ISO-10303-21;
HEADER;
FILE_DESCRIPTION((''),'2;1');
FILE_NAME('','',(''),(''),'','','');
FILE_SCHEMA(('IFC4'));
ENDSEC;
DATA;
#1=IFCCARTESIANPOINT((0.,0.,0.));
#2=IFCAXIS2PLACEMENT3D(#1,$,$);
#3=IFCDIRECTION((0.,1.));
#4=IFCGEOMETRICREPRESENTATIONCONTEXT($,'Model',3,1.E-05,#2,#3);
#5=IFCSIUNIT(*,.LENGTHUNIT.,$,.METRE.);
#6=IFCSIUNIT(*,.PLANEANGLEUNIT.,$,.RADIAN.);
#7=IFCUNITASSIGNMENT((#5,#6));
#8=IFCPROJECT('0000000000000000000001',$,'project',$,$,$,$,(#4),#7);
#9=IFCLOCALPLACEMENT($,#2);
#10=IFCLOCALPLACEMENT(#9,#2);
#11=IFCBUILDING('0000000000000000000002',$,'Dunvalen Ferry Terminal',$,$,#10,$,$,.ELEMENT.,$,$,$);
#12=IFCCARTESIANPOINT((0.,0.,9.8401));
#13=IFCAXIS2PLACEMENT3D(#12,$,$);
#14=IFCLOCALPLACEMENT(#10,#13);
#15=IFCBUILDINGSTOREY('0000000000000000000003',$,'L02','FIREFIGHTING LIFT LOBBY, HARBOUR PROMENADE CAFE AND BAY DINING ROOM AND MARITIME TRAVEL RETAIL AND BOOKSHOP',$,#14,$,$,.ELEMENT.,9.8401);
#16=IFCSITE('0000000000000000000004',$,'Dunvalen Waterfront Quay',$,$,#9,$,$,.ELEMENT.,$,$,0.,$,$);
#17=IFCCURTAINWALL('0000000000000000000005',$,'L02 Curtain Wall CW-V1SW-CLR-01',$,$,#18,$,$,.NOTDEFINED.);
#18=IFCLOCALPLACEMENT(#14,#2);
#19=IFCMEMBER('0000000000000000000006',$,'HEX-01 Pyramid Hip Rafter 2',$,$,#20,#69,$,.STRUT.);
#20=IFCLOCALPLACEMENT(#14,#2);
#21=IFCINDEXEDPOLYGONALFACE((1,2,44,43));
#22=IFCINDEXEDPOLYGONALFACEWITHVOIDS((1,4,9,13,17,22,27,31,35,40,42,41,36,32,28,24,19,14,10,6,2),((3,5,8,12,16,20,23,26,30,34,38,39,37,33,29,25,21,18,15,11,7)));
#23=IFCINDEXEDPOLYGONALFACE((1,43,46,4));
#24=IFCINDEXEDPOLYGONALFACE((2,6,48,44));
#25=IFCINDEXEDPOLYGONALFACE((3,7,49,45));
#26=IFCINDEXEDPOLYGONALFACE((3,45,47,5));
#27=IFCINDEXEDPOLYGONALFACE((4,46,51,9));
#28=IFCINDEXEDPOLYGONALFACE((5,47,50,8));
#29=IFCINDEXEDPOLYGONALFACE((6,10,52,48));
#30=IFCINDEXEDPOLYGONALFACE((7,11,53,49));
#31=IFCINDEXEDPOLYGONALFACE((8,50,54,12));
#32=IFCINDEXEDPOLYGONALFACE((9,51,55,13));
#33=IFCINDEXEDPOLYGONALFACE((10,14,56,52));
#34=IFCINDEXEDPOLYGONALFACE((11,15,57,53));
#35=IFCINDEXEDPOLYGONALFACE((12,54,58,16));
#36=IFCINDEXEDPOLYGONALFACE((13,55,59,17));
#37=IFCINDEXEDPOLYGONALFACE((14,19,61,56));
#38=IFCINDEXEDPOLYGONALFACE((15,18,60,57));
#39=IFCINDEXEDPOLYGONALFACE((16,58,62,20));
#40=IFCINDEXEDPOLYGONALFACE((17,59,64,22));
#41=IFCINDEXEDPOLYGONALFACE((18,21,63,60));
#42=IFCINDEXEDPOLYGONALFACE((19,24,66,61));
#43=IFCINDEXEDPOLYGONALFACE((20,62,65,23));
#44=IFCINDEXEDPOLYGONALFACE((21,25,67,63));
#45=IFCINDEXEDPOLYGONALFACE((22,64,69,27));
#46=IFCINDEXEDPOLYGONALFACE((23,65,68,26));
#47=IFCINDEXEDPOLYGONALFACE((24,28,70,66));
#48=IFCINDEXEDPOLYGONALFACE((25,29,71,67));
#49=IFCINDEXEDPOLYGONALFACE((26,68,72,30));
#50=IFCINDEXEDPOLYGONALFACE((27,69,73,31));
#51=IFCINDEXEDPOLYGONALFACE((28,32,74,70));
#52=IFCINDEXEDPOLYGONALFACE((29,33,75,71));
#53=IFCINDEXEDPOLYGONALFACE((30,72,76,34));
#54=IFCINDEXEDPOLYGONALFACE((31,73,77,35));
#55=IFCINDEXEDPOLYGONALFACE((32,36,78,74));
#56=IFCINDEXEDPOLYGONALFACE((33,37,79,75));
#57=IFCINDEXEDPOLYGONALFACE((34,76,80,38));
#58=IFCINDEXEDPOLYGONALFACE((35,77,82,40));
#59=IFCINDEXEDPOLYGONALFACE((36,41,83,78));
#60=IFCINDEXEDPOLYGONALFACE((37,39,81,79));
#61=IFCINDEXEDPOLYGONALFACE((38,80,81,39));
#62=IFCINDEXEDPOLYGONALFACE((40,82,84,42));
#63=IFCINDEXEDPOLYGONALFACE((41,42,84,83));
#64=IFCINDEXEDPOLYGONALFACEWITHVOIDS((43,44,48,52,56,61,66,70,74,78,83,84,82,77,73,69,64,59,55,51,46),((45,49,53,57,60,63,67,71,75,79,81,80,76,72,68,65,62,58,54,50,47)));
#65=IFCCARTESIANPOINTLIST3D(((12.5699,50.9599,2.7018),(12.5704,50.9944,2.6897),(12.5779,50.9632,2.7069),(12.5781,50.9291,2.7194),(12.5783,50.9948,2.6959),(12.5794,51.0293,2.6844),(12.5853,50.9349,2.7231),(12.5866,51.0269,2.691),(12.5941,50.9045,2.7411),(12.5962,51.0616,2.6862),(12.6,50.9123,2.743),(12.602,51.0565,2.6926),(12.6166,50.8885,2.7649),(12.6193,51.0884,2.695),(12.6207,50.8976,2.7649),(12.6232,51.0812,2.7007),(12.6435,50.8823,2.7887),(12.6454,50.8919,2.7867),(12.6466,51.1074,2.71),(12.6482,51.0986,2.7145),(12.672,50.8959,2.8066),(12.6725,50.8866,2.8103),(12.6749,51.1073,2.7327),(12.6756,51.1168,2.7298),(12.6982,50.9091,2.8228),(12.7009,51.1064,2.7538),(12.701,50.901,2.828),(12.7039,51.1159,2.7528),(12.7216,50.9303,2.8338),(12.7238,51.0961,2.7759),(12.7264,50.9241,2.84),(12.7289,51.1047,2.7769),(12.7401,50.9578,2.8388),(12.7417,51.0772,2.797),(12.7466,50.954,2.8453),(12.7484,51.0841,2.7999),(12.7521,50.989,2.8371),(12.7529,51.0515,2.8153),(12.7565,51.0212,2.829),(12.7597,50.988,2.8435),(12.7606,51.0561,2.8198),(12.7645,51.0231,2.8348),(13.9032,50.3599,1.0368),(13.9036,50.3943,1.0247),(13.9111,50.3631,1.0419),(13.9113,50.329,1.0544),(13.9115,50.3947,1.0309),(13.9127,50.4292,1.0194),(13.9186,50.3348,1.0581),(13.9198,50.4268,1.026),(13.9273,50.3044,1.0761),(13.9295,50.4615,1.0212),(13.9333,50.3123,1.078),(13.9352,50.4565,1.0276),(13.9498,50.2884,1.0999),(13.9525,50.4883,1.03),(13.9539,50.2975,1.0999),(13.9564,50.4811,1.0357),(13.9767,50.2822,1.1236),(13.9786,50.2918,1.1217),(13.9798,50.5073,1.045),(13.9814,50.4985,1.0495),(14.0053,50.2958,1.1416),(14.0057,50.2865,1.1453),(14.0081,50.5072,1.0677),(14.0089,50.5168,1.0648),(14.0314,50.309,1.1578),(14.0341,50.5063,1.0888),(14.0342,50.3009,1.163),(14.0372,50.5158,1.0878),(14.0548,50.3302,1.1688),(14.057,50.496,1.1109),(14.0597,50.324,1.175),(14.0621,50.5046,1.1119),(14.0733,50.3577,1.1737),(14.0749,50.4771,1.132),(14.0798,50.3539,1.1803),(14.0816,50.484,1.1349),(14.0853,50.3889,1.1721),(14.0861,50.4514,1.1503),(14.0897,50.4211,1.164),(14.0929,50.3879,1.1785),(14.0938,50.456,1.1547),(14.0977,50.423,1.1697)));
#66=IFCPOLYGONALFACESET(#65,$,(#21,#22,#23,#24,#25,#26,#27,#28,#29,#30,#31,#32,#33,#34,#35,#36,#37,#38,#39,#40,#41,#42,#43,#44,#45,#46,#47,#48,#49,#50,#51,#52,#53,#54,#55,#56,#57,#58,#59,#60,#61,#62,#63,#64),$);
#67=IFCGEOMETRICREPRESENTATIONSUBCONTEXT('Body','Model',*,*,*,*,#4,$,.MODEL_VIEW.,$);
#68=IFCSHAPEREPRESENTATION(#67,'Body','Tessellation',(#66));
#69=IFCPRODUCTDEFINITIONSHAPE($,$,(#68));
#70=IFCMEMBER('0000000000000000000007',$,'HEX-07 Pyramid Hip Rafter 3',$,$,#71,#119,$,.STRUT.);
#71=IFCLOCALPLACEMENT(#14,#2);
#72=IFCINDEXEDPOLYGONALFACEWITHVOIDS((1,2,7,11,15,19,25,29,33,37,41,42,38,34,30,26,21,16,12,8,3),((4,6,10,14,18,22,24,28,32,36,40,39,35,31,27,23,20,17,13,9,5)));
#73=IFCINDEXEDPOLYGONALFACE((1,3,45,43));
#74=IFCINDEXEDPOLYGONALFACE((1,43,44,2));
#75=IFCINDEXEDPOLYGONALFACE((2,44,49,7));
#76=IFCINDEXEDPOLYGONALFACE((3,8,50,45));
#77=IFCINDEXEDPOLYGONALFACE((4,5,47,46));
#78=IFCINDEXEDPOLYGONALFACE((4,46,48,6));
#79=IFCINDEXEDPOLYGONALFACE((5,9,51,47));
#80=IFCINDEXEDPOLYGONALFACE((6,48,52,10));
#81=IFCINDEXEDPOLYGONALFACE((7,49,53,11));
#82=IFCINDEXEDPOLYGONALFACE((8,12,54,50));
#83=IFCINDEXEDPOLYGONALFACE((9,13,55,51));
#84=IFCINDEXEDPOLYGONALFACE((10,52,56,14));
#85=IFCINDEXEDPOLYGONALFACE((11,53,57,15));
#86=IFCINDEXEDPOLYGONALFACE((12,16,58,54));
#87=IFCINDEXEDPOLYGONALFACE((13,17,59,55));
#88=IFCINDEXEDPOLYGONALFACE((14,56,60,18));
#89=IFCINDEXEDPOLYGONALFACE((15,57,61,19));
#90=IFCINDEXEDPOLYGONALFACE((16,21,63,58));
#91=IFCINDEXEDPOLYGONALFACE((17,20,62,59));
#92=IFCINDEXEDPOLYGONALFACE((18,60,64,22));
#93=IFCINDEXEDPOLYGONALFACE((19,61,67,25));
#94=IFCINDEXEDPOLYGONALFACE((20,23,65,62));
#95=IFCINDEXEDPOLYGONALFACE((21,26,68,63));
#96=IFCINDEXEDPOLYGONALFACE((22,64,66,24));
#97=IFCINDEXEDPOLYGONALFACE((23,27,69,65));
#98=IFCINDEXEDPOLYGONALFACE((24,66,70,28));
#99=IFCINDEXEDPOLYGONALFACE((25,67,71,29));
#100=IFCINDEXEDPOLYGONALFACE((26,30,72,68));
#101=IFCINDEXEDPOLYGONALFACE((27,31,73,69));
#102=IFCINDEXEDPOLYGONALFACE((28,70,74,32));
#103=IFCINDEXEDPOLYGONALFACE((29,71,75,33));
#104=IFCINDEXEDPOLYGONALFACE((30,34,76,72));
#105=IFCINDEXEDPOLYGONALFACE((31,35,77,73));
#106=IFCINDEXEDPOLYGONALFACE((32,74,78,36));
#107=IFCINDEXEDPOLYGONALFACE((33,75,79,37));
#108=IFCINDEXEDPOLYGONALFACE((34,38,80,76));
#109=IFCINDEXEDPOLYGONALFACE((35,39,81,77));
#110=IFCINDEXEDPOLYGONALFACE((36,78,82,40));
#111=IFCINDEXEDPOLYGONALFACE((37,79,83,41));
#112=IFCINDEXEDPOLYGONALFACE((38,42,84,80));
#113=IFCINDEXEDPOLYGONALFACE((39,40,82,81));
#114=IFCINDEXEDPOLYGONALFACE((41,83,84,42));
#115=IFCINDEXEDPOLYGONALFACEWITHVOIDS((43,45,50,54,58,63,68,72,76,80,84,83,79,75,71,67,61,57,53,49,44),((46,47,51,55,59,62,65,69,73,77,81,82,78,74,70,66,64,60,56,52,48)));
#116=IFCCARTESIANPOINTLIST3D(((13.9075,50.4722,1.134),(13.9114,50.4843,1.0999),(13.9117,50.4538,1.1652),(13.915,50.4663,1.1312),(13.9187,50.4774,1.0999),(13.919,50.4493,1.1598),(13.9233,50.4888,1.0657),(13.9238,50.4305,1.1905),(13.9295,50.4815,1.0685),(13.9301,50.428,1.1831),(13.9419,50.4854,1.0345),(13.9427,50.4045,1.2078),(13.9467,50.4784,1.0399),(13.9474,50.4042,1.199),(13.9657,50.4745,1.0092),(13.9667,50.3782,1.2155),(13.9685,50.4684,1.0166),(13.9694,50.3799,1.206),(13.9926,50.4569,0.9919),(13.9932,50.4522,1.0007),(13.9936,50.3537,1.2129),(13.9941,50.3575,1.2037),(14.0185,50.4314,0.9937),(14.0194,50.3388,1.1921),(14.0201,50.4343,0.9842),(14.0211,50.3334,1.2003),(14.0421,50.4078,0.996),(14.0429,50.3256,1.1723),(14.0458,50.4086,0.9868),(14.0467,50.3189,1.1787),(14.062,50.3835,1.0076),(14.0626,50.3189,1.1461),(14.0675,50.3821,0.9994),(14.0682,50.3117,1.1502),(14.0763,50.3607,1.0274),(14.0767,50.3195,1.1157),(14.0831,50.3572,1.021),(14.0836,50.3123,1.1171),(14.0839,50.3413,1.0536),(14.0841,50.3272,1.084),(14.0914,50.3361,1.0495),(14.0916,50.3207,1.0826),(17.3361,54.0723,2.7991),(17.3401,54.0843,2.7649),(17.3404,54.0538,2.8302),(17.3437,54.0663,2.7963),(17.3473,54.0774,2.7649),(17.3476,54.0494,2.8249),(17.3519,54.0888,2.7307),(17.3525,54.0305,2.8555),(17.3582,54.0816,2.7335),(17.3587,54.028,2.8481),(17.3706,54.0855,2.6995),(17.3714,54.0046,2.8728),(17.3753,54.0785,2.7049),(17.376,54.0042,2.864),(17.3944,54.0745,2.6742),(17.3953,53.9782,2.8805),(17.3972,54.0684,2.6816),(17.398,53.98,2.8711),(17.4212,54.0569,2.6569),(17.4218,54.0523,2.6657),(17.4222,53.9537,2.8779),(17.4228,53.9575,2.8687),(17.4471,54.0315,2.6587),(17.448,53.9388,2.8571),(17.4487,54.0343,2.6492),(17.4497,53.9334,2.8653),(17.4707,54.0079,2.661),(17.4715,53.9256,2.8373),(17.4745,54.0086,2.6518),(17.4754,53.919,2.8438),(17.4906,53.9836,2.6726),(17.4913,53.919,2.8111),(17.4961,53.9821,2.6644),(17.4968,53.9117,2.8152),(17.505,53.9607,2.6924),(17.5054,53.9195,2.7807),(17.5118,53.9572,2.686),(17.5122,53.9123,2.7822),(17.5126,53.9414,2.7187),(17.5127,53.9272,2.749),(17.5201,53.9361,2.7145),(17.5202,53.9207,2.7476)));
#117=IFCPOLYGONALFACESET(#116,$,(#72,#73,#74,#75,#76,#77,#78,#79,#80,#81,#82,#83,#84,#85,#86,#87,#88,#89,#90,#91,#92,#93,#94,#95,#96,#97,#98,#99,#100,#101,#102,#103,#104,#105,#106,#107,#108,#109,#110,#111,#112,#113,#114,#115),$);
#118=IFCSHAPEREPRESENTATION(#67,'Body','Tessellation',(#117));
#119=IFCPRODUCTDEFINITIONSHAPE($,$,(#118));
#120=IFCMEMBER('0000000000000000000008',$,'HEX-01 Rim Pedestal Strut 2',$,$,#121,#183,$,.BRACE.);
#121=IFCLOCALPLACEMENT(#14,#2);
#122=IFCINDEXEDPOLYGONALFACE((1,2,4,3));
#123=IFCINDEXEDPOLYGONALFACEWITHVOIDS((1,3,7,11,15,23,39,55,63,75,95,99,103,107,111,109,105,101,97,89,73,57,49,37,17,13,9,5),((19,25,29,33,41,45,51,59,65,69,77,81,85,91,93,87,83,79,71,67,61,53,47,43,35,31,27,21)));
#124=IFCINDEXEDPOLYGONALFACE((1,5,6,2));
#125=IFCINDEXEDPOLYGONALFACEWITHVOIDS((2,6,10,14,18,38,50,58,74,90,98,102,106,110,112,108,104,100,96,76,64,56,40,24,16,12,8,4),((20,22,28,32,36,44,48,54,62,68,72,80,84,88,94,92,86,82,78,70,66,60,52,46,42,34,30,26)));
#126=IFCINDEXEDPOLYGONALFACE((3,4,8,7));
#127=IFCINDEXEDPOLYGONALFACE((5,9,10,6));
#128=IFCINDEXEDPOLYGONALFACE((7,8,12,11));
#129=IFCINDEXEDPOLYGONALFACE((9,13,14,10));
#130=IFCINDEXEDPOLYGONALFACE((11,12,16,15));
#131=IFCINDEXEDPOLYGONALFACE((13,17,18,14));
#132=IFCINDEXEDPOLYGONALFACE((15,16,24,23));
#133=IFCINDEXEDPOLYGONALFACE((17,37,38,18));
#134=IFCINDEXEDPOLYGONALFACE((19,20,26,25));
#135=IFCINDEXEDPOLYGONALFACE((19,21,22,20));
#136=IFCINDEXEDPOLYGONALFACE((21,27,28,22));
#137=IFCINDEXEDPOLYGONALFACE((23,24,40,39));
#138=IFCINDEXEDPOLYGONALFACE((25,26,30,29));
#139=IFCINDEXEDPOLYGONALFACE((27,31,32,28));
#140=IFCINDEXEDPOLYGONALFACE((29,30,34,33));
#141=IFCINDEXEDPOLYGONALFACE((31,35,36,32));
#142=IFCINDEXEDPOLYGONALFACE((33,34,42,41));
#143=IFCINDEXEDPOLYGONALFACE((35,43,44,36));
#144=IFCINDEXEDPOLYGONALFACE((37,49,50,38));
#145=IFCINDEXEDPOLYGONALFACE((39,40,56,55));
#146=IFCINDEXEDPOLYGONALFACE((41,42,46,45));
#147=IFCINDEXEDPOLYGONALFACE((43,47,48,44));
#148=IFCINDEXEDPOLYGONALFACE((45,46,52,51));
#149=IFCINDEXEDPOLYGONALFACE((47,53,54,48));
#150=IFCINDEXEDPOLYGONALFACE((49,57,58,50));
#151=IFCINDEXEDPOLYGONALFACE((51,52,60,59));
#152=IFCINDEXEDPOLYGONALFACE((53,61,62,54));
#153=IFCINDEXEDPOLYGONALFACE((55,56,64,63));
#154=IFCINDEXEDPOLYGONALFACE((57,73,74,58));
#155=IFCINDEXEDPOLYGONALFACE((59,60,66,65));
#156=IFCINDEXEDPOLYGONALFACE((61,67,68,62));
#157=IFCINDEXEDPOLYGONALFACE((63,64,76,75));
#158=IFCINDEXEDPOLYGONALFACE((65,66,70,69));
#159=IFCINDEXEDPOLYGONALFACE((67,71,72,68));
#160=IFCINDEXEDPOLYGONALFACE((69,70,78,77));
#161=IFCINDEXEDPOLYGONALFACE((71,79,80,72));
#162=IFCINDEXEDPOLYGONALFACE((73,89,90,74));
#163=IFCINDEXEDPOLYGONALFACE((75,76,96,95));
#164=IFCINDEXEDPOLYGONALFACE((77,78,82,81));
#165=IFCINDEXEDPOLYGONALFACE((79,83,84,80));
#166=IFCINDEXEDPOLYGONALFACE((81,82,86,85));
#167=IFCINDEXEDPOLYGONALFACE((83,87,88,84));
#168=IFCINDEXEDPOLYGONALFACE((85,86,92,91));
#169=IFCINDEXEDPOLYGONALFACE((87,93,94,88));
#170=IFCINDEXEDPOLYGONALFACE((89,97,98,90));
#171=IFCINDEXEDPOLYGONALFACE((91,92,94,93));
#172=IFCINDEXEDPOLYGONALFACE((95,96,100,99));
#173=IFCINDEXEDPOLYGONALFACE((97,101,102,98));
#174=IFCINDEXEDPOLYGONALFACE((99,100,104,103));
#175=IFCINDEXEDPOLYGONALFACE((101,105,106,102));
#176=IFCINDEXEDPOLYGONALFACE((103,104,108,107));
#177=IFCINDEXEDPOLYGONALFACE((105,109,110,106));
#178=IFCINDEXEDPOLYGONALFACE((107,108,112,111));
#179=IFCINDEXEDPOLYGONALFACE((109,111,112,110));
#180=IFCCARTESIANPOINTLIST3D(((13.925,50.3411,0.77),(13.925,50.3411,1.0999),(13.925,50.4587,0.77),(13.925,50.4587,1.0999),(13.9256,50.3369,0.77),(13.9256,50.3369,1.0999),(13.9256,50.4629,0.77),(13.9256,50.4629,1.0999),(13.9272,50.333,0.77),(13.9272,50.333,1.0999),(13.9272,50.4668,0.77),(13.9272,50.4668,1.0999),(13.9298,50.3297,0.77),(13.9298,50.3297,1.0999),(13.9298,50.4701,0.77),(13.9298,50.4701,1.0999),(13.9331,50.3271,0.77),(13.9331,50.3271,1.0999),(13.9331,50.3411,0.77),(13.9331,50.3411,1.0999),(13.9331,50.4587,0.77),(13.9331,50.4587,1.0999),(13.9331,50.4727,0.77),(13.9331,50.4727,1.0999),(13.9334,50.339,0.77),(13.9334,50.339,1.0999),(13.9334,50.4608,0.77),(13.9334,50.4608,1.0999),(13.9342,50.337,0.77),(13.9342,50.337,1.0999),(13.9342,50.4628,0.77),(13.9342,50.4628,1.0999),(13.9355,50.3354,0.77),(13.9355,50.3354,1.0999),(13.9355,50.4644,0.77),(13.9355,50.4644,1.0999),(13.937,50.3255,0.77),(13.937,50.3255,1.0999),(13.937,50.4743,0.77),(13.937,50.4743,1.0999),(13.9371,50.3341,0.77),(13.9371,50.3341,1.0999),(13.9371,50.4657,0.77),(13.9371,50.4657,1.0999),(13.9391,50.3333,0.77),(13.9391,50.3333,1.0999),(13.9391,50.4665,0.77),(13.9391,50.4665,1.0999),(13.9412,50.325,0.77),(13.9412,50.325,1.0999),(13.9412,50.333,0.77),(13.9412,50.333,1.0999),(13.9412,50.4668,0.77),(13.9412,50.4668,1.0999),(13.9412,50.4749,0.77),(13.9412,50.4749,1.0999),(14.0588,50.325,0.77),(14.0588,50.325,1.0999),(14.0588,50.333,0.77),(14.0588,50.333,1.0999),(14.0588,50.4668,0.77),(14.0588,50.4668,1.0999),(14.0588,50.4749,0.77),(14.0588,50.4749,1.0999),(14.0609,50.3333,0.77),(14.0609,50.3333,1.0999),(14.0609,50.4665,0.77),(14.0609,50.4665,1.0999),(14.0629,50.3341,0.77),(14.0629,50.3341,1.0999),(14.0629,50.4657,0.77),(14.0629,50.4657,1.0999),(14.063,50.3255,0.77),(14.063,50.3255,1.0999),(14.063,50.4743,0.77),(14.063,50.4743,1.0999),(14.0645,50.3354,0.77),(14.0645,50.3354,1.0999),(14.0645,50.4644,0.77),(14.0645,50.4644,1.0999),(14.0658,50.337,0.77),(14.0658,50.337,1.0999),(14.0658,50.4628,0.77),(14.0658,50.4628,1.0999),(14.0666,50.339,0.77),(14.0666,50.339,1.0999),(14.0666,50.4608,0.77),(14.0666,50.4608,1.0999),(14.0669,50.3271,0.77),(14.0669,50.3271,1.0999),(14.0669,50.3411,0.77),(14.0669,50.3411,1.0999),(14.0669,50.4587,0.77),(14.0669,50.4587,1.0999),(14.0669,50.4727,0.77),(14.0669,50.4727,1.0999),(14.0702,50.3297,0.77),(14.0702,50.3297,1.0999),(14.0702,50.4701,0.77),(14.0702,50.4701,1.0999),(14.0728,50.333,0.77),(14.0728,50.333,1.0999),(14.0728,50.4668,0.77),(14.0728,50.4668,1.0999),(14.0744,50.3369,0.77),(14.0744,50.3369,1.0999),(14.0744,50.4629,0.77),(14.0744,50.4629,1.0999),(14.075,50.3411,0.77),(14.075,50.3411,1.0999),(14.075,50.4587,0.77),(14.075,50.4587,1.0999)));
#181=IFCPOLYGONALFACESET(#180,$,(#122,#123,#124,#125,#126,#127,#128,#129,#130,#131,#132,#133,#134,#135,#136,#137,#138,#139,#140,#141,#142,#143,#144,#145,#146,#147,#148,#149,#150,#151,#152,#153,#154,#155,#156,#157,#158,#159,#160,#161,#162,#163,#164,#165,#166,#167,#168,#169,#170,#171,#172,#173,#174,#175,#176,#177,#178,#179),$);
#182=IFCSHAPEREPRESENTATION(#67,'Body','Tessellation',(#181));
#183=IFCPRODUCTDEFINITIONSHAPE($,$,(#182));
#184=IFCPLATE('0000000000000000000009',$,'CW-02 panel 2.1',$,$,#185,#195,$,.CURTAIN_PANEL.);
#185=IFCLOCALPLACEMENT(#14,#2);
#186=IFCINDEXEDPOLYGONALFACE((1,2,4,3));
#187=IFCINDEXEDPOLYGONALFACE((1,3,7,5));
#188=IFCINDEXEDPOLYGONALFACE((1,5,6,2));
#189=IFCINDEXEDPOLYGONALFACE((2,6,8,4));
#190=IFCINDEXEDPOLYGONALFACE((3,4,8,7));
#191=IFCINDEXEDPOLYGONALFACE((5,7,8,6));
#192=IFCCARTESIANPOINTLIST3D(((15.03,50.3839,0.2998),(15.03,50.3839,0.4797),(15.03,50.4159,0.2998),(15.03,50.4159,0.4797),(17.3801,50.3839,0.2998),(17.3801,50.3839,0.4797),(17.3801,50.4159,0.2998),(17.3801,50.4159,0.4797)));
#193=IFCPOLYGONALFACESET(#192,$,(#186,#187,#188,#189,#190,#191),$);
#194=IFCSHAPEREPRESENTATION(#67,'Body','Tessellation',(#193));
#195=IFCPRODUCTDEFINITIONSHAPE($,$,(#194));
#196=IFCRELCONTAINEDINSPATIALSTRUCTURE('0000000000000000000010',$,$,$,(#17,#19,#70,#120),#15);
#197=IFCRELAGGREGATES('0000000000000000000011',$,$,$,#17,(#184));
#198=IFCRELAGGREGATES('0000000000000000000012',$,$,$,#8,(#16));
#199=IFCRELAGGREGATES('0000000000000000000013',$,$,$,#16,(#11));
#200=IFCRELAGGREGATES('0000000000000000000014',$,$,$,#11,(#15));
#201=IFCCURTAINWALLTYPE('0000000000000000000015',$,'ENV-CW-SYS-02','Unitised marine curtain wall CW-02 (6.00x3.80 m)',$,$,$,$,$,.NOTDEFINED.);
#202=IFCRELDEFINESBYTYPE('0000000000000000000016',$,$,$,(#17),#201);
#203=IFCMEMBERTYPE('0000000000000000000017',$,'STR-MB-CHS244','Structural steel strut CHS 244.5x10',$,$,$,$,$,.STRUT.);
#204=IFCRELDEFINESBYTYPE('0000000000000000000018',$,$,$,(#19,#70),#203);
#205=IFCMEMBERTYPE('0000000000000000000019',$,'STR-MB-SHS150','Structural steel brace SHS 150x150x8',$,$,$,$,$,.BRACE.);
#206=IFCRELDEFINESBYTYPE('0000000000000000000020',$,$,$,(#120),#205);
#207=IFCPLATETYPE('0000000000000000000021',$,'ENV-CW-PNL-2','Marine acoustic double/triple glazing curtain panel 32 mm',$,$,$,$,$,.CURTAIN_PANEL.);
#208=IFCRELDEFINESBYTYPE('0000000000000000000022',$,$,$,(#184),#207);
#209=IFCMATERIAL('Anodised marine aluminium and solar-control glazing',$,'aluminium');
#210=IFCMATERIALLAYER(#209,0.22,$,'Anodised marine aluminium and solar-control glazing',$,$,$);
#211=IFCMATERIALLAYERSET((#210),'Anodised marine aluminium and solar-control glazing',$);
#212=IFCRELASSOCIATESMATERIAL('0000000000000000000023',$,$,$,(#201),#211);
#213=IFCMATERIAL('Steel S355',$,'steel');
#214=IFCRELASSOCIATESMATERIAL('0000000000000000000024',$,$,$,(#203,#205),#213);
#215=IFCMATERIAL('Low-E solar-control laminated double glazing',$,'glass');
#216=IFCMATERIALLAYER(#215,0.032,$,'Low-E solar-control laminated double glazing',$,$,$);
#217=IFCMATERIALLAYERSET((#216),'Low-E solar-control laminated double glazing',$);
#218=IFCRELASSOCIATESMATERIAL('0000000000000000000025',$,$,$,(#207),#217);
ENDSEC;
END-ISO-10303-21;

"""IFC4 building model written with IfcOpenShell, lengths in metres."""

from ifc_helpers import new_model, si_unit, direction, frame, origin, origin_2d, place, context, subcontext, project, spatial, rectangle, hollow_rectangle, hollow_circle, extrude, material, layer, layer_set, material_profile, profile_set, type_object, element, aggregate, save


model = new_model("IFC4")

# Units and contexts
model_context = context("Model", 3, precision=1e-05, world=origin(), true_north=direction((0.0, 1.0)))
body_context = subcontext(model_context, "Body", "Model", "MODEL_VIEW")
ifc_project = project(units=[si_unit("LENGTHUNIT", "METRE"), si_unit("PLANEANGLEUNIT", "RADIAN")], contexts=[model_context])

# Site, building, storey
site_placement = place(None, origin())
site = spatial("IfcSite", under=ifc_project, at=site_placement, Name="Dunvalen Waterfront Quay", CompositionType="ELEMENT", RefElevation=0.0)
building_placement = place(site_placement, origin())
building = spatial("IfcBuilding", under=site, at=building_placement, Name="Dunvalen Ferry Terminal", CompositionType="ELEMENT")
storey_placement = place(building_placement, frame((0.0, 0.0, 9.8401)))
storey = spatial("IfcBuildingStorey", under=building, at=storey_placement, Name="L02", Description="FIREFIGHTING LIFT LOBBY, HARBOUR PROMENADE CAFE AND BAY DINING ROOM AND MARITIME TRAVEL RETAIL AND BOOKSHOP", CompositionType="ELEMENT", Elevation=9.8401)

# Curtain wall
ifc_material_1 = material(Name="Anodised marine aluminium and solar-control glazing", Category="aluminium")
ifc_layer_1 = layer(ifc_material_1, 0.22, Name="Anodised marine aluminium and solar-control glazing")
ifc_layer_set_1 = layer_set([ifc_layer_1], Name="Anodised marine aluminium and solar-control glazing")
curtain_wall_type = type_object("IfcCurtainWallType", Name="ENV-CW-SYS-02", Description="Unitised marine curtain wall CW-02 (6.00x3.80 m)", PredefinedType="NOTDEFINED", material=ifc_layer_set_1)
curtain_wall_1_placement = place(storey_placement, origin())
curtain_wall_1 = element("IfcCurtainWall", 1, at=curtain_wall_1_placement, inside=storey, type_object=curtain_wall_type, Name="L02 Curtain Wall CW-V1SW-CLR-01", PredefinedType="NOTDEFINED")

# Shared definitions
ifc_material_2 = material(Name="Steel S355", Category="steel")

# Members
ifc_material_profile_1 = material_profile(ifc_material_2, hollow_circle(Radius=0.1223, WallThickness=0.01, at=origin_2d()), Name="Steel S355")
ifc_profile_set_1 = profile_set([ifc_material_profile_1], Name="Steel S355")
member_type_1 = type_object("IfcMemberType", Name="STR-MB-CHS244", Description="Structural steel strut CHS 244.5x10", PredefinedType="STRUT", material=ifc_profile_set_1)
member_1_placement = place(storey_placement, frame((14.0, 50.3999, 1.0999), z_axis=(-0.601686, 0.270819, 0.751419), x_axis=(-0.410441, -0.911887, 0.0)))
element("IfcMember", 2, at=member_1_placement, inside=storey, type_object=member_type_1, Name="HEX-01 Pyramid Hip Rafter 2", PredefinedType="STRUT", context=body_context, shape_type="SweptSolid", body=[
    extrude(hollow_circle(Radius=0.1223, WallThickness=0.01, at=origin_2d()), origin(), (0.0, 0.0, 1.0), 2.2158),
])
member_2_placement = place(storey_placement, frame((14.0, 50.3999, 1.0999), z_axis=(0.653959, 0.686648, 0.317573), x_axis=(-0.724133, 0.68966, 0.0)))
element("IfcMember", 3, at=member_2_placement, inside=storey, type_object=member_type_1, Name="HEX-07 Pyramid Hip Rafter 3", PredefinedType="STRUT", context=body_context, shape_type="SweptSolid", body=[
    extrude(hollow_circle(Radius=0.1223, WallThickness=0.01, at=origin_2d()), origin(), (0.0, 0.0, 1.0), 5.2429),
])
ifc_material_profile_2 = material_profile(ifc_material_2, hollow_rectangle(XDim=0.1499, YDim=0.1499, WallThickness=0.0081, InnerFilletRadius=0.0081, OuterFilletRadius=0.0161, at=origin_2d()), Name="Steel S355")
ifc_profile_set_2 = profile_set([ifc_material_profile_2], Name="Steel S355")
member_type_2 = type_object("IfcMemberType", Name="STR-MB-SHS150", Description="Structural steel brace SHS 150x150x8", PredefinedType="BRACE", material=ifc_profile_set_2)
member_3_placement = place(storey_placement, frame((14.0, 50.3999, 0.77), z_axis=(0.0, 0.0, 1.0), x_axis=(1.0, 0.0, 0.0)))
element("IfcMember", 4, at=member_3_placement, inside=storey, type_object=member_type_2, Name="HEX-01 Rim Pedestal Strut 2", PredefinedType="BRACE", context=body_context, shape_type="SweptSolid", body=[
    extrude(hollow_rectangle(XDim=0.1499, YDim=0.1499, WallThickness=0.0081, InnerFilletRadius=0.0081, OuterFilletRadius=0.0161, at=origin_2d()), origin(), (0.0, 0.0, 1.0), 0.3298),
])

# Plate
ifc_material_3 = material(Name="Low-E solar-control laminated double glazing", Category="glass")
ifc_layer_2 = layer(ifc_material_3, 0.032, Name="Low-E solar-control laminated double glazing")
ifc_layer_set_2 = layer_set([ifc_layer_2], Name="Low-E solar-control laminated double glazing")
plate_type_1 = type_object("IfcPlateType", Name="ENV-CW-PNL-2", Description="Marine acoustic double/triple glazing curtain panel 32 mm", PredefinedType="CURTAIN_PANEL", material=ifc_layer_set_2)
plate_1_placement = place(storey_placement, frame((16.2051, 50.3999, 0.2998), z_axis=(0.0, 0.0, 1.0), x_axis=(1.0, 0.0, 0.0)))
plate_1 = element("IfcPlate", 5, at=plate_1_placement, type_object=plate_type_1, Name="CW-02 panel 2.1", PredefinedType="CURTAIN_PANEL", context=body_context, shape_type="SweptSolid", body=[
    extrude(rectangle(XDim=2.3501, YDim=0.032, at=origin_2d()), origin(), (0.0, 0.0, 1.0), 0.1799),
])
aggregate(curtain_wall_1, [plate_1])

save(model, "model.ifc")
